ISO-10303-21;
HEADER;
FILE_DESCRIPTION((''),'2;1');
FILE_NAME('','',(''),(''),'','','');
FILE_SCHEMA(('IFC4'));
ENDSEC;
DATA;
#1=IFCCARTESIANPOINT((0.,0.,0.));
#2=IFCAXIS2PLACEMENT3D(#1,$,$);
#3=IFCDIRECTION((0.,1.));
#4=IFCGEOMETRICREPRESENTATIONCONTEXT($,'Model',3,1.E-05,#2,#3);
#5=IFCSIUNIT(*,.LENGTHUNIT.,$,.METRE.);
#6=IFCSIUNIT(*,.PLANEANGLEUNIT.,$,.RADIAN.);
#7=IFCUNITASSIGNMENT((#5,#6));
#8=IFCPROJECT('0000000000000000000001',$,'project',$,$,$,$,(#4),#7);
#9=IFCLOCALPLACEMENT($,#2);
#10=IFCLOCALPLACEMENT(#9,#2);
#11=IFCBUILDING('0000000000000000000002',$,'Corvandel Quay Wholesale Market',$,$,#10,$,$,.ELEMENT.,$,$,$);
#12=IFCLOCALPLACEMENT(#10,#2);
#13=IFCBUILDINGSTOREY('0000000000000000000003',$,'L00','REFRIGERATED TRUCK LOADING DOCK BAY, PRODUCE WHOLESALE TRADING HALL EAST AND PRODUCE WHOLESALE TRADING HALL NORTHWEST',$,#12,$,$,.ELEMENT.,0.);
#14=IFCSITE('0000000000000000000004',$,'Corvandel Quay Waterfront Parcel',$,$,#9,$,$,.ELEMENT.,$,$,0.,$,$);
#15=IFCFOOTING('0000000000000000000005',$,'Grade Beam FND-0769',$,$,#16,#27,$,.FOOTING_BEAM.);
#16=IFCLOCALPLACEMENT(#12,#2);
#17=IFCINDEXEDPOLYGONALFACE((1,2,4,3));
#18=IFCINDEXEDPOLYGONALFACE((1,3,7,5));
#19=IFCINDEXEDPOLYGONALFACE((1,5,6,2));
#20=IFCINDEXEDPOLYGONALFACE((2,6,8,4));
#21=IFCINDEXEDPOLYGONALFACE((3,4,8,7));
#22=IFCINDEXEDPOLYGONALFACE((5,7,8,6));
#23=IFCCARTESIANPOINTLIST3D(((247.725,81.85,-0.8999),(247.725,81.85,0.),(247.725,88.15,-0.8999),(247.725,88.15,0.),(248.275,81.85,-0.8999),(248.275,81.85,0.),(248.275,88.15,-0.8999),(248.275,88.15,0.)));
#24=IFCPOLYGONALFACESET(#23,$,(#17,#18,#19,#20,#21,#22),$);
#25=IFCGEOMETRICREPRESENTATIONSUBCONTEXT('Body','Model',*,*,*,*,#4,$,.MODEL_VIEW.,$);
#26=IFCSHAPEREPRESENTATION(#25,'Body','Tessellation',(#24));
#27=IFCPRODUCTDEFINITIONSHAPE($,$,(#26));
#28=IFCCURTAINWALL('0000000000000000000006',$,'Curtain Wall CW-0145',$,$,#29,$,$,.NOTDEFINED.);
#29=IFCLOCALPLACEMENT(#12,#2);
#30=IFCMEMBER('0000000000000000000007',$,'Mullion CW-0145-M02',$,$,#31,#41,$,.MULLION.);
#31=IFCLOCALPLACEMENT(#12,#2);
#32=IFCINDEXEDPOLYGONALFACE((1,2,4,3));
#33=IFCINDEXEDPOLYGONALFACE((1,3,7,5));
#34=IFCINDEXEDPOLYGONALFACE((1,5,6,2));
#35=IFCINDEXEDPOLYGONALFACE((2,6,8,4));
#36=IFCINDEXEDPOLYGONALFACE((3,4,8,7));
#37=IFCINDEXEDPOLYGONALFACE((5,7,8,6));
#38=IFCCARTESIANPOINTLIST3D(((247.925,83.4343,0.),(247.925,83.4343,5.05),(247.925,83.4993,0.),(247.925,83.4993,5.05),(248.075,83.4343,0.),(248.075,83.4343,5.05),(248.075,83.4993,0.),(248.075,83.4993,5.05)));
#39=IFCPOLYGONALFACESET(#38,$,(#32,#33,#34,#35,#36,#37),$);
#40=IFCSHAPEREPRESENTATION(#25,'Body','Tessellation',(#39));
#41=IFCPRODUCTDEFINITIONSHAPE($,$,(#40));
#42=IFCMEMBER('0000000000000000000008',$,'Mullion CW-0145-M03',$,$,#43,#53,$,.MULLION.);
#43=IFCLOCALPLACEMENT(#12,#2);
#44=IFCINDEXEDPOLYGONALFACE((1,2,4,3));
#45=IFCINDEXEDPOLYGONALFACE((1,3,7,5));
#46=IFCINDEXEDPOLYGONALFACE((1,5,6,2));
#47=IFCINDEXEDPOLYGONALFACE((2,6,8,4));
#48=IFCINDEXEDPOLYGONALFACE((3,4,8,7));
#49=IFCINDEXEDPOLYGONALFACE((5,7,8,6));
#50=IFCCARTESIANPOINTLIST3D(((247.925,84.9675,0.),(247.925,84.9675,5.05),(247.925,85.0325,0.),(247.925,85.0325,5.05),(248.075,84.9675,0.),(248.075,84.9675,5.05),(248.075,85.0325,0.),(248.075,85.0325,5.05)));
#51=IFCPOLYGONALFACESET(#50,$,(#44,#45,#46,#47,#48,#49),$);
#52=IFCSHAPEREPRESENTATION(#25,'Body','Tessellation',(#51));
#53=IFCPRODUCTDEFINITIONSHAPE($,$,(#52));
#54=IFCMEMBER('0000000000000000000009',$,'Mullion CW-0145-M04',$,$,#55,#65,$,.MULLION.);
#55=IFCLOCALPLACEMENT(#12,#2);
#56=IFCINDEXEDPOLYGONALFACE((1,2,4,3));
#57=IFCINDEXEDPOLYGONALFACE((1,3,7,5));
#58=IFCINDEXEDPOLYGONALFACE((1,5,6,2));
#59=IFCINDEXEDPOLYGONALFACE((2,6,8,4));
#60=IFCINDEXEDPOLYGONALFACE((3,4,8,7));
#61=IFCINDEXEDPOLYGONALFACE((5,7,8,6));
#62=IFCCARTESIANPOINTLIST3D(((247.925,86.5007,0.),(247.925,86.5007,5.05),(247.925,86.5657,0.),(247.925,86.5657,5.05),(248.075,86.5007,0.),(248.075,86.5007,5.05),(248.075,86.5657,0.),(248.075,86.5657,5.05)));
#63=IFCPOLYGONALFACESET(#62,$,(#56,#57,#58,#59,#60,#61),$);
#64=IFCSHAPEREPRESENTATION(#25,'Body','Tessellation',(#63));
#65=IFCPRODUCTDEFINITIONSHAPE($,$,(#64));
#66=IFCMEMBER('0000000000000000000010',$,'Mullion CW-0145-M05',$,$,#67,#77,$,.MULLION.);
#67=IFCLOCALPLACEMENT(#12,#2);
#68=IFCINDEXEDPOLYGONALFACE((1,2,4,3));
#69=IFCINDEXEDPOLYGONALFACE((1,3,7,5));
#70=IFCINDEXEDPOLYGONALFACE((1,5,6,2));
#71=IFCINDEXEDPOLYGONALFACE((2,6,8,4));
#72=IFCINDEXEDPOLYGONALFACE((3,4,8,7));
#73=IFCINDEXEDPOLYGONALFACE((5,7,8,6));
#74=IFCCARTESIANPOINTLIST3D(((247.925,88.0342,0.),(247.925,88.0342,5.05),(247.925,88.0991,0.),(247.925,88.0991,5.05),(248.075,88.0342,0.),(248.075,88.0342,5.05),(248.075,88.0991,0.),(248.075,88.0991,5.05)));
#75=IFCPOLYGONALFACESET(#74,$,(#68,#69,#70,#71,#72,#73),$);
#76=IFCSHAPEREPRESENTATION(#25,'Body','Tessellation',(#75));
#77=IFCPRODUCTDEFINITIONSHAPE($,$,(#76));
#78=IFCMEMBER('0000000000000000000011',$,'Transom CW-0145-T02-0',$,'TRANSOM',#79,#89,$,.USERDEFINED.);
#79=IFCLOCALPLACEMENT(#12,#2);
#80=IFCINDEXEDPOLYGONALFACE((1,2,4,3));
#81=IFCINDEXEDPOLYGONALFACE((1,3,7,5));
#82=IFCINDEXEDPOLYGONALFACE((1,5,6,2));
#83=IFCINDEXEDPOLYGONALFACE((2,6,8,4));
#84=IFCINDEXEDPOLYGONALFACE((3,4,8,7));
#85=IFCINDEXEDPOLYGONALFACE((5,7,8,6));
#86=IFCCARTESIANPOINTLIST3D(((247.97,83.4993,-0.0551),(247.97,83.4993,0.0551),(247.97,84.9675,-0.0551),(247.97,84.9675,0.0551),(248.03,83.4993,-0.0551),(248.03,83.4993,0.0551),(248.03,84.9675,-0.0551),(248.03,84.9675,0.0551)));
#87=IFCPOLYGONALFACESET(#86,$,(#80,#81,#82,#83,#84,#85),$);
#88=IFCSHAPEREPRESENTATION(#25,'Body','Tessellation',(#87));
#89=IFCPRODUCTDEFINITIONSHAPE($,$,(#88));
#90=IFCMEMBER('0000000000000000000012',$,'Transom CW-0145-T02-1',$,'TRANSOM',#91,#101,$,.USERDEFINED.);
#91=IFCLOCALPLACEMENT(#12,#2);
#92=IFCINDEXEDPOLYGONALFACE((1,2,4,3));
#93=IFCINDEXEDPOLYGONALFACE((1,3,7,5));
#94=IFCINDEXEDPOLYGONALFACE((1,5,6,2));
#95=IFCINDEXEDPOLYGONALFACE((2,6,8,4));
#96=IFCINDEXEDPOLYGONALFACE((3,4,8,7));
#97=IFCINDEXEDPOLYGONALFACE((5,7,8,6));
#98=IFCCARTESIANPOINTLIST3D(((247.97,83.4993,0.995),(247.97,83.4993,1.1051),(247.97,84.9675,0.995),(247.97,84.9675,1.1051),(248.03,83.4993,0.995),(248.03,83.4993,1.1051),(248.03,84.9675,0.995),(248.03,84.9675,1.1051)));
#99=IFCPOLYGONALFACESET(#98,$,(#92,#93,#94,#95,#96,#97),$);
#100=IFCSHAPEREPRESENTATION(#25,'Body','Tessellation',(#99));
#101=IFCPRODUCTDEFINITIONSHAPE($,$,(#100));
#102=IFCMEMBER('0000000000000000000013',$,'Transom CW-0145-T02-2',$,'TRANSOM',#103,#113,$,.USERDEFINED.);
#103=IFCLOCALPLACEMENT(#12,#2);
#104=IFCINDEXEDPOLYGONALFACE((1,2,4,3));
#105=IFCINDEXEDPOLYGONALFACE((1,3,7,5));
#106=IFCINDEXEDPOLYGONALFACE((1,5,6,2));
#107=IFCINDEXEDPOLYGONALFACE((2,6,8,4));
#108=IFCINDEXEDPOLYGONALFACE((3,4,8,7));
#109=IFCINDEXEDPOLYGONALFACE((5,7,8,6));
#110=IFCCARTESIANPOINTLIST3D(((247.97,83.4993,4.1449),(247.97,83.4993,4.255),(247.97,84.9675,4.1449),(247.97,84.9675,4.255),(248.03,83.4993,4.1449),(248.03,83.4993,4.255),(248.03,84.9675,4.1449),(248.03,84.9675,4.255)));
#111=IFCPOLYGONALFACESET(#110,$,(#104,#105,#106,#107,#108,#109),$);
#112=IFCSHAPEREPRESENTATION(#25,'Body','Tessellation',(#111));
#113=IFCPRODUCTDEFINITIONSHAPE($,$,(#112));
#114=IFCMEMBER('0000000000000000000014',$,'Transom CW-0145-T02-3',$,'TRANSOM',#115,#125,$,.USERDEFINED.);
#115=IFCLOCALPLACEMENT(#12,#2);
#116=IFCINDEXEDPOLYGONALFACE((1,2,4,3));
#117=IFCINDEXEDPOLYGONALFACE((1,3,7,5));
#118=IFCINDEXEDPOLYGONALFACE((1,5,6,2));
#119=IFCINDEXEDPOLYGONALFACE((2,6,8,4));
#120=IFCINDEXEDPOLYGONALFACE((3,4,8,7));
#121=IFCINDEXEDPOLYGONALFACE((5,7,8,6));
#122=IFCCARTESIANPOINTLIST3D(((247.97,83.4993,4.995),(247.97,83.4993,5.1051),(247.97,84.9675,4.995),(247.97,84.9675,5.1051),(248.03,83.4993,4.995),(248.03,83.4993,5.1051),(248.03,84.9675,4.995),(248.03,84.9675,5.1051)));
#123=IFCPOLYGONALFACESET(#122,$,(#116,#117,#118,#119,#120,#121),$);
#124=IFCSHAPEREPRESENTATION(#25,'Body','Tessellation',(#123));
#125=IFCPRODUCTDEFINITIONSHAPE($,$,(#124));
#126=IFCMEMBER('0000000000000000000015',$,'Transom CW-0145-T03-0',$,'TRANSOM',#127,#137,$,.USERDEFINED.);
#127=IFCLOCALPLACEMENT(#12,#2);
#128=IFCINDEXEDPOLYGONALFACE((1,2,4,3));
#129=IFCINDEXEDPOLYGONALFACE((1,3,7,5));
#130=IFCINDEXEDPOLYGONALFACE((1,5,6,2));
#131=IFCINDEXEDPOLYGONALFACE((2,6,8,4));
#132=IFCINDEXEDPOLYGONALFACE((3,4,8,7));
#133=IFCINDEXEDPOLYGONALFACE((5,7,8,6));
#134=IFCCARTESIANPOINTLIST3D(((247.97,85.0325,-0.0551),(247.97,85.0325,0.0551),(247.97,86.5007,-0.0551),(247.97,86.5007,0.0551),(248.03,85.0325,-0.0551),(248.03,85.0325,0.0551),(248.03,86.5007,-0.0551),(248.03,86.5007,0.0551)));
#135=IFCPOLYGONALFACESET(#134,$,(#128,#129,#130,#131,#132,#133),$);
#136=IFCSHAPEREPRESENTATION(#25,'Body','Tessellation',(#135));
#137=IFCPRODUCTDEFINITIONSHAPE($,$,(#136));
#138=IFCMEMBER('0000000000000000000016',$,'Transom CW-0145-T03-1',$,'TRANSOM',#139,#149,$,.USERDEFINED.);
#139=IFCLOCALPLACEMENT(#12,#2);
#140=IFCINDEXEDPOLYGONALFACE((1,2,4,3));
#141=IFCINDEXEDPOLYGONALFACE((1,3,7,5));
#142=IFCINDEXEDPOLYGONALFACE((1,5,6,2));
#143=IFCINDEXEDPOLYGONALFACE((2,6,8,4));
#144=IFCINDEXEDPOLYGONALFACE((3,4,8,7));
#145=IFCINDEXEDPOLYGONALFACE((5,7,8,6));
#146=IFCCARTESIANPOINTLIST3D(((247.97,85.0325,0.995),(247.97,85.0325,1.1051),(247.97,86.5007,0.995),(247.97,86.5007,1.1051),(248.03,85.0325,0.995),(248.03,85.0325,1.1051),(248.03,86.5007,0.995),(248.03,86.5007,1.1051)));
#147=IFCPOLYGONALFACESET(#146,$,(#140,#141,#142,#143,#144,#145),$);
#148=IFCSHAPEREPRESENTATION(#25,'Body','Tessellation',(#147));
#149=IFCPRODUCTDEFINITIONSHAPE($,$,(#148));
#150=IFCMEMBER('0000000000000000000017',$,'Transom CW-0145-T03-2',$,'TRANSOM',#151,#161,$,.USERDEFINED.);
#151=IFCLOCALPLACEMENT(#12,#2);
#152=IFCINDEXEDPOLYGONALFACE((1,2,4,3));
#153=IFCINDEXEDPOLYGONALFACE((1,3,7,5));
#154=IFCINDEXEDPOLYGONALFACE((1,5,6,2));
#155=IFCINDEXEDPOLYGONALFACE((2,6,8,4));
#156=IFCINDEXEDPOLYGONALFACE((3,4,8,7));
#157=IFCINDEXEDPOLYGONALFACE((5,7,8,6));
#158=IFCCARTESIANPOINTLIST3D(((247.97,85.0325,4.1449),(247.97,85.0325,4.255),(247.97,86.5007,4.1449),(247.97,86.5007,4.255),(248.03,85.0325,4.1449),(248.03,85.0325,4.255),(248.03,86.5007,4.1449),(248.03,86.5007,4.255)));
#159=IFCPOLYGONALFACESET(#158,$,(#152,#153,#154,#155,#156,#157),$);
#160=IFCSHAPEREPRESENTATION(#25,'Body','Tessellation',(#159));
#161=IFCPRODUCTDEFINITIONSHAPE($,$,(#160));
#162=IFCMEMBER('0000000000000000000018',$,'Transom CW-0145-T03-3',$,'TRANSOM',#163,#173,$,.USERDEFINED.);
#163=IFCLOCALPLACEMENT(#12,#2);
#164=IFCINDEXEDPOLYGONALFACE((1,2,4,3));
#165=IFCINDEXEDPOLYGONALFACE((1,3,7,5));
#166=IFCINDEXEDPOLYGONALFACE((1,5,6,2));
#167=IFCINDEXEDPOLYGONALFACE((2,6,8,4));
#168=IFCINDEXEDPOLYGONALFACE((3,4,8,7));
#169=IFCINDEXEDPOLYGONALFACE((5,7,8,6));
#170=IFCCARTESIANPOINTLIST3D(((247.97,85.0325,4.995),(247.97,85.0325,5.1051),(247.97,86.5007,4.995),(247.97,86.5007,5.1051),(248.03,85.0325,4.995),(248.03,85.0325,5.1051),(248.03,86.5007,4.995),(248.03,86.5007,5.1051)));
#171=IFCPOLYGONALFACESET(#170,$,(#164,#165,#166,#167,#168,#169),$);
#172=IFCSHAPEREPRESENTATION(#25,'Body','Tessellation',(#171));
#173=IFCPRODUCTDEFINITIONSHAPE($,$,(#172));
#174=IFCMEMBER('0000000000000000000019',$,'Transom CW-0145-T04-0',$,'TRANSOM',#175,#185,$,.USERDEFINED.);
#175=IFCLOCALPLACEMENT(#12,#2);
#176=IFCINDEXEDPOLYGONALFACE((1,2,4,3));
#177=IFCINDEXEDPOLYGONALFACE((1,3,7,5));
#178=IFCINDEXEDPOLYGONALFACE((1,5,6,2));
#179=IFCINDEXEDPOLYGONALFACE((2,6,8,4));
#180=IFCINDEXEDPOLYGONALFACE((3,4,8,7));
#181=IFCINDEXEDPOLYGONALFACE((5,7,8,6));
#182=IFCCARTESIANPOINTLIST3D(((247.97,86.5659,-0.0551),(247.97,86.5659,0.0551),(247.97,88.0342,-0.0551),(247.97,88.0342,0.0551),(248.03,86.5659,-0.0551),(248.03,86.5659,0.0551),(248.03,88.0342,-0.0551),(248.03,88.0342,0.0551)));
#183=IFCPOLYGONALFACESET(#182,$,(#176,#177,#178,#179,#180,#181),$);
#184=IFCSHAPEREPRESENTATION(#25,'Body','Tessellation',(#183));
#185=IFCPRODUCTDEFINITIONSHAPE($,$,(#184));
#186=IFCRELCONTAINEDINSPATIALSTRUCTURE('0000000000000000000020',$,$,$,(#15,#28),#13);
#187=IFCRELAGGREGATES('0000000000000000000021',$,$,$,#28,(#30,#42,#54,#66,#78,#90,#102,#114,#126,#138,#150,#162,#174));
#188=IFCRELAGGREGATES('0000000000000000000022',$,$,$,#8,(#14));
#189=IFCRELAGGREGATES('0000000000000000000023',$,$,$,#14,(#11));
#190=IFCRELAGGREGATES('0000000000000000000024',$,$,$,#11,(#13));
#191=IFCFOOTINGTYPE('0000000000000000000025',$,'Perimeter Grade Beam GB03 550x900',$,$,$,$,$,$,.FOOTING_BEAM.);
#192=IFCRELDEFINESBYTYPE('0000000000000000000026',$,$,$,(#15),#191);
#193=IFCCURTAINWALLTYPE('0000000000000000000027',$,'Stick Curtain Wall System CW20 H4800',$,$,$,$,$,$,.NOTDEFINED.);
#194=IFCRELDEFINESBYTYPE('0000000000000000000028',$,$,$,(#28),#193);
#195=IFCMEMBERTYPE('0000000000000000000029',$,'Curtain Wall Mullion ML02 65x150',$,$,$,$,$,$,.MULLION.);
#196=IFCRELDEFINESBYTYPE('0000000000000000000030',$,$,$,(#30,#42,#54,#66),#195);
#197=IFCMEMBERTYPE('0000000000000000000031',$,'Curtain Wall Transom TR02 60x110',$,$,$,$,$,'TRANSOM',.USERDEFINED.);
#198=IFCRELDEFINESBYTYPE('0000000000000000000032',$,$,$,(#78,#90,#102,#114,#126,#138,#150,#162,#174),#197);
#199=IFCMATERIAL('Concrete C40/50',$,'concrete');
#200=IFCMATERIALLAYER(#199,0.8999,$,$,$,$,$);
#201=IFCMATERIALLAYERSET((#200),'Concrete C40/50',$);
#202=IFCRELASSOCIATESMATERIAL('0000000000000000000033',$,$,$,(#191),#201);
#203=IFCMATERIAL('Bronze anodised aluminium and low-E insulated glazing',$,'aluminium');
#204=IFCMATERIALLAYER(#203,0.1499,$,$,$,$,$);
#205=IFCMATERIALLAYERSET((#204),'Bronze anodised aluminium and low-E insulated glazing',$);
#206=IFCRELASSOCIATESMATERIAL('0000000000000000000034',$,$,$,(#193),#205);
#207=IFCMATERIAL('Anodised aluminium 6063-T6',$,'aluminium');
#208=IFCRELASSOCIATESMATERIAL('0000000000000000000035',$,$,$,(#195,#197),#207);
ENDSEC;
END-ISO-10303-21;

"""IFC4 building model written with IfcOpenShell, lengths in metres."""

from ifc_helpers import new_model, si_unit, direction, frame, origin, origin_2d, place, context, subcontext, project, spatial, rectangle, extrude, material, layer, layer_set, material_profile, profile_set, type_object, element, aggregate, save


model = new_model("IFC4")

# Units and contexts
model_context = context("Model", 3, precision=1e-05, world=origin(), true_north=direction((0.0, 1.0)))
body_context = subcontext(model_context, "Body", "Model", "MODEL_VIEW")
ifc_project = project(units=[si_unit("LENGTHUNIT", "METRE"), si_unit("PLANEANGLEUNIT", "RADIAN")], contexts=[model_context])

# Site, building, storey
site_placement = place(None, origin())
site = spatial("IfcSite", under=ifc_project, at=site_placement, Name="Corvandel Quay Waterfront Parcel", CompositionType="ELEMENT", RefElevation=0.0)
building_placement = place(site_placement, origin())
building = spatial("IfcBuilding", under=site, at=building_placement, Name="Corvandel Quay Wholesale Market", CompositionType="ELEMENT")
storey_placement = place(building_placement, origin())
storey = spatial("IfcBuildingStorey", under=building, at=storey_placement, Name="L00", Description="REFRIGERATED TRUCK LOADING DOCK BAY, PRODUCE WHOLESALE TRADING HALL EAST AND PRODUCE WHOLESALE TRADING HALL NORTHWEST", CompositionType="ELEMENT", Elevation=0.0)

# Footing
ifc_material_1 = material(Name="Concrete C40/50", Category="concrete")
ifc_layer_1 = layer(ifc_material_1, 0.8999)
ifc_layer_set_1 = layer_set([ifc_layer_1], Name="Concrete C40/50")
footing_type = type_object("IfcFootingType", Name="Perimeter Grade Beam GB03 550x900", PredefinedType="FOOTING_BEAM", material=ifc_layer_set_1)
footing_placement = place(storey_placement, frame((248.0, 85.0, -0.8999), z_axis=(0.0, 0.0, 1.0), x_axis=(0.0, 1.0, 0.0)))
element("IfcFooting", 1, at=footing_placement, inside=storey, type_object=footing_type, Name="Grade Beam FND-0769", PredefinedType="FOOTING_BEAM", context=body_context, shape_type="SweptSolid", body=[
    extrude(rectangle(XDim=6.3, YDim=0.55, at=origin_2d()), origin(), (0.0, 0.0, 1.0), 0.8999),
])

# Curtain wall, members
ifc_material_2 = material(Name="Bronze anodised aluminium and low-E insulated glazing", Category="aluminium")
ifc_layer_2 = layer(ifc_material_2, 0.1499)
ifc_layer_set_2 = layer_set([ifc_layer_2], Name="Bronze anodised aluminium and low-E insulated glazing")
curtain_wall_type = type_object("IfcCurtainWallType", Name="Stick Curtain Wall System CW20 H4800", PredefinedType="NOTDEFINED", material=ifc_layer_set_2)
curtain_wall_placement = place(storey_placement, origin())
curtain_wall = element("IfcCurtainWall", 2, at=curtain_wall_placement, inside=storey, type_object=curtain_wall_type, Name="Curtain Wall CW-0145", PredefinedType="NOTDEFINED")
ifc_material_3 = material(Name="Anodised aluminium 6063-T6", Category="aluminium")
ifc_material_profile_1 = material_profile(ifc_material_3, rectangle(XDim=0.0649, YDim=0.1499, at=origin_2d()), Name="ALU-MUL-65x150")
ifc_profile_set_1 = profile_set([ifc_material_profile_1], Name="Anodised aluminium 6063-T6")
member_type_1 = type_object("IfcMemberType", Name="Curtain Wall Mullion ML02 65x150", PredefinedType="MULLION", material=ifc_profile_set_1)
member_1_placement = place(storey_placement, frame((248.0, 83.4668, 0.0), z_axis=(0.0, 0.0, 1.0), x_axis=(0.0, 1.0, 0.0)))
member_1 = element("IfcMember", 3, at=member_1_placement, type_object=member_type_1, Name="Mullion CW-0145-M02", PredefinedType="MULLION", context=body_context, shape_type="SweptSolid", body=[
    extrude(rectangle(XDim=0.0649, YDim=0.1499, at=origin_2d()), origin(), (0.0, 0.0, 1.0), 5.05),
])
member_2_placement = place(storey_placement, frame((248.0, 85.0, 0.0), z_axis=(0.0, 0.0, 1.0), x_axis=(0.0, 1.0, 0.0)))
member_2 = element("IfcMember", 4, at=member_2_placement, type_object=member_type_1, Name="Mullion CW-0145-M03", PredefinedType="MULLION", context=body_context, shape_type="SweptSolid", body=[
    extrude(rectangle(XDim=0.0649, YDim=0.1499, at=origin_2d()), origin(), (0.0, 0.0, 1.0), 5.05),
])
member_3_placement = place(storey_placement, frame((248.0, 86.5332, 0.0), z_axis=(0.0, 0.0, 1.0), x_axis=(0.0, 1.0, 0.0)))
member_3 = element("IfcMember", 5, at=member_3_placement, type_object=member_type_1, Name="Mullion CW-0145-M04", PredefinedType="MULLION", context=body_context, shape_type="SweptSolid", body=[
    extrude(rectangle(XDim=0.0649, YDim=0.1499, at=origin_2d()), origin(), (0.0, 0.0, 1.0), 5.05),
])
member_4_placement = place(storey_placement, frame((248.0, 88.0667, 0.0), z_axis=(0.0, 0.0, 1.0), x_axis=(0.0, 1.0, 0.0)))
member_4 = element("IfcMember", 6, at=member_4_placement, type_object=member_type_1, Name="Mullion CW-0145-M05", PredefinedType="MULLION", context=body_context, shape_type="SweptSolid", body=[
    extrude(rectangle(XDim=0.0649, YDim=0.1499, at=origin_2d()), origin(), (0.0, 0.0, 1.0), 5.05),
])
ifc_material_profile_2 = material_profile(ifc_material_3, rectangle(XDim=0.0601, YDim=0.1101, at=origin_2d()), Name="ALU-TRN-60x110")
ifc_profile_set_2 = profile_set([ifc_material_profile_2], Name="Anodised aluminium 6063-T6")
member_type_2 = type_object("IfcMemberType", Name="Curtain Wall Transom TR02 60x110", ElementType="TRANSOM", PredefinedType="USERDEFINED", material=ifc_profile_set_2)
member_5_placement = place(storey_placement, frame((248.0, 83.4993, 0.0), z_axis=(0.0, 1.0, 0.0), x_axis=(-1.0, 0.0, 0.0)))
member_5 = element("IfcMember", 7, at=member_5_placement, type_object=member_type_2, Name="Transom CW-0145-T02-0", ObjectType="TRANSOM", PredefinedType="USERDEFINED", context=body_context, shape_type="SweptSolid", body=[
    extrude(rectangle(XDim=0.0601, YDim=0.1101, at=origin_2d()), origin(), (0.0, 0.0, 1.0), 1.4683),
])
member_6_placement = place(storey_placement, frame((248.0, 83.4993, 1.05), z_axis=(0.0, 1.0, 0.0), x_axis=(-1.0, 0.0, 0.0)))
member_6 = element("IfcMember", 8, at=member_6_placement, type_object=member_type_2, Name="Transom CW-0145-T02-1", ObjectType="TRANSOM", PredefinedType="USERDEFINED", context=body_context, shape_type="SweptSolid", body=[
    extrude(rectangle(XDim=0.0601, YDim=0.1101, at=origin_2d()), origin(), (0.0, 0.0, 1.0), 1.4683),
])
member_7_placement = place(storey_placement, frame((248.0, 83.4993, 4.2), z_axis=(0.0, 1.0, 0.0), x_axis=(-1.0, 0.0, 0.0)))
member_7 = element("IfcMember", 9, at=member_7_placement, type_object=member_type_2, Name="Transom CW-0145-T02-2", ObjectType="TRANSOM", PredefinedType="USERDEFINED", context=body_context, shape_type="SweptSolid", body=[
    extrude(rectangle(XDim=0.0601, YDim=0.1101, at=origin_2d()), origin(), (0.0, 0.0, 1.0), 1.4683),
])
member_8_placement = place(storey_placement, frame((248.0, 83.4993, 5.05), z_axis=(0.0, 1.0, 0.0), x_axis=(-1.0, 0.0, 0.0)))
member_8 = element("IfcMember", 10, at=member_8_placement, type_object=member_type_2, Name="Transom CW-0145-T02-3", ObjectType="TRANSOM", PredefinedType="USERDEFINED", context=body_context, shape_type="SweptSolid", body=[
    extrude(rectangle(XDim=0.0601, YDim=0.1101, at=origin_2d()), origin(), (0.0, 0.0, 1.0), 1.4683),
])
member_9_placement = place(storey_placement, frame((248.0, 85.0325, 0.0), z_axis=(0.0, 1.0, 0.0), x_axis=(-1.0, 0.0, 0.0)))
member_9 = element("IfcMember", 11, at=member_9_placement, type_object=member_type_2, Name="Transom CW-0145-T03-0", ObjectType="TRANSOM", PredefinedType="USERDEFINED", context=body_context, shape_type="SweptSolid", body=[
    extrude(rectangle(XDim=0.0601, YDim=0.1101, at=origin_2d()), origin(), (0.0, 0.0, 1.0), 1.4683),
])
member_10_placement = place(storey_placement, frame((248.0, 85.0325, 1.05), z_axis=(0.0, 1.0, 0.0), x_axis=(-1.0, 0.0, 0.0)))
member_10 = element("IfcMember", 12, at=member_10_placement, type_object=member_type_2, Name="Transom CW-0145-T03-1", ObjectType="TRANSOM", PredefinedType="USERDEFINED", context=body_context, shape_type="SweptSolid", body=[
    extrude(rectangle(XDim=0.0601, YDim=0.1101, at=origin_2d()), origin(), (0.0, 0.0, 1.0), 1.4683),
])
member_11_placement = place(storey_placement, frame((248.0, 85.0325, 4.2), z_axis=(0.0, 1.0, 0.0), x_axis=(-1.0, 0.0, 0.0)))
member_11 = element("IfcMember", 13, at=member_11_placement, type_object=member_type_2, Name="Transom CW-0145-T03-2", ObjectType="TRANSOM", PredefinedType="USERDEFINED", context=body_context, shape_type="SweptSolid", body=[
    extrude(rectangle(XDim=0.0601, YDim=0.1101, at=origin_2d()), origin(), (0.0, 0.0, 1.0), 1.4683),
])
member_12_placement = place(storey_placement, frame((248.0, 85.0325, 5.05), z_axis=(0.0, 1.0, 0.0), x_axis=(-1.0, 0.0, 0.0)))
member_12 = element("IfcMember", 14, at=member_12_placement, type_object=member_type_2, Name="Transom CW-0145-T03-3", ObjectType="TRANSOM", PredefinedType="USERDEFINED", context=body_context, shape_type="SweptSolid", body=[
    extrude(rectangle(XDim=0.0601, YDim=0.1101, at=origin_2d()), origin(), (0.0, 0.0, 1.0), 1.4683),
])
member_13_placement = place(storey_placement, frame((248.0, 86.5659, 0.0), z_axis=(0.0, 1.0, 0.0), x_axis=(-1.0, 0.0, 0.0)))
member_13 = element("IfcMember", 15, at=member_13_placement, type_object=member_type_2, Name="Transom CW-0145-T04-0", ObjectType="TRANSOM", PredefinedType="USERDEFINED", context=body_context, shape_type="SweptSolid", body=[
    extrude(rectangle(XDim=0.0601, YDim=0.1101, at=origin_2d()), origin(), (0.0, 0.0, 1.0), 1.4683),
])
aggregate(curtain_wall, [member_1, member_2, member_3, member_4, member_5, member_6, member_7, member_8, member_9, member_10, member_11, member_12, member_13])

save(model, "model.ifc")
